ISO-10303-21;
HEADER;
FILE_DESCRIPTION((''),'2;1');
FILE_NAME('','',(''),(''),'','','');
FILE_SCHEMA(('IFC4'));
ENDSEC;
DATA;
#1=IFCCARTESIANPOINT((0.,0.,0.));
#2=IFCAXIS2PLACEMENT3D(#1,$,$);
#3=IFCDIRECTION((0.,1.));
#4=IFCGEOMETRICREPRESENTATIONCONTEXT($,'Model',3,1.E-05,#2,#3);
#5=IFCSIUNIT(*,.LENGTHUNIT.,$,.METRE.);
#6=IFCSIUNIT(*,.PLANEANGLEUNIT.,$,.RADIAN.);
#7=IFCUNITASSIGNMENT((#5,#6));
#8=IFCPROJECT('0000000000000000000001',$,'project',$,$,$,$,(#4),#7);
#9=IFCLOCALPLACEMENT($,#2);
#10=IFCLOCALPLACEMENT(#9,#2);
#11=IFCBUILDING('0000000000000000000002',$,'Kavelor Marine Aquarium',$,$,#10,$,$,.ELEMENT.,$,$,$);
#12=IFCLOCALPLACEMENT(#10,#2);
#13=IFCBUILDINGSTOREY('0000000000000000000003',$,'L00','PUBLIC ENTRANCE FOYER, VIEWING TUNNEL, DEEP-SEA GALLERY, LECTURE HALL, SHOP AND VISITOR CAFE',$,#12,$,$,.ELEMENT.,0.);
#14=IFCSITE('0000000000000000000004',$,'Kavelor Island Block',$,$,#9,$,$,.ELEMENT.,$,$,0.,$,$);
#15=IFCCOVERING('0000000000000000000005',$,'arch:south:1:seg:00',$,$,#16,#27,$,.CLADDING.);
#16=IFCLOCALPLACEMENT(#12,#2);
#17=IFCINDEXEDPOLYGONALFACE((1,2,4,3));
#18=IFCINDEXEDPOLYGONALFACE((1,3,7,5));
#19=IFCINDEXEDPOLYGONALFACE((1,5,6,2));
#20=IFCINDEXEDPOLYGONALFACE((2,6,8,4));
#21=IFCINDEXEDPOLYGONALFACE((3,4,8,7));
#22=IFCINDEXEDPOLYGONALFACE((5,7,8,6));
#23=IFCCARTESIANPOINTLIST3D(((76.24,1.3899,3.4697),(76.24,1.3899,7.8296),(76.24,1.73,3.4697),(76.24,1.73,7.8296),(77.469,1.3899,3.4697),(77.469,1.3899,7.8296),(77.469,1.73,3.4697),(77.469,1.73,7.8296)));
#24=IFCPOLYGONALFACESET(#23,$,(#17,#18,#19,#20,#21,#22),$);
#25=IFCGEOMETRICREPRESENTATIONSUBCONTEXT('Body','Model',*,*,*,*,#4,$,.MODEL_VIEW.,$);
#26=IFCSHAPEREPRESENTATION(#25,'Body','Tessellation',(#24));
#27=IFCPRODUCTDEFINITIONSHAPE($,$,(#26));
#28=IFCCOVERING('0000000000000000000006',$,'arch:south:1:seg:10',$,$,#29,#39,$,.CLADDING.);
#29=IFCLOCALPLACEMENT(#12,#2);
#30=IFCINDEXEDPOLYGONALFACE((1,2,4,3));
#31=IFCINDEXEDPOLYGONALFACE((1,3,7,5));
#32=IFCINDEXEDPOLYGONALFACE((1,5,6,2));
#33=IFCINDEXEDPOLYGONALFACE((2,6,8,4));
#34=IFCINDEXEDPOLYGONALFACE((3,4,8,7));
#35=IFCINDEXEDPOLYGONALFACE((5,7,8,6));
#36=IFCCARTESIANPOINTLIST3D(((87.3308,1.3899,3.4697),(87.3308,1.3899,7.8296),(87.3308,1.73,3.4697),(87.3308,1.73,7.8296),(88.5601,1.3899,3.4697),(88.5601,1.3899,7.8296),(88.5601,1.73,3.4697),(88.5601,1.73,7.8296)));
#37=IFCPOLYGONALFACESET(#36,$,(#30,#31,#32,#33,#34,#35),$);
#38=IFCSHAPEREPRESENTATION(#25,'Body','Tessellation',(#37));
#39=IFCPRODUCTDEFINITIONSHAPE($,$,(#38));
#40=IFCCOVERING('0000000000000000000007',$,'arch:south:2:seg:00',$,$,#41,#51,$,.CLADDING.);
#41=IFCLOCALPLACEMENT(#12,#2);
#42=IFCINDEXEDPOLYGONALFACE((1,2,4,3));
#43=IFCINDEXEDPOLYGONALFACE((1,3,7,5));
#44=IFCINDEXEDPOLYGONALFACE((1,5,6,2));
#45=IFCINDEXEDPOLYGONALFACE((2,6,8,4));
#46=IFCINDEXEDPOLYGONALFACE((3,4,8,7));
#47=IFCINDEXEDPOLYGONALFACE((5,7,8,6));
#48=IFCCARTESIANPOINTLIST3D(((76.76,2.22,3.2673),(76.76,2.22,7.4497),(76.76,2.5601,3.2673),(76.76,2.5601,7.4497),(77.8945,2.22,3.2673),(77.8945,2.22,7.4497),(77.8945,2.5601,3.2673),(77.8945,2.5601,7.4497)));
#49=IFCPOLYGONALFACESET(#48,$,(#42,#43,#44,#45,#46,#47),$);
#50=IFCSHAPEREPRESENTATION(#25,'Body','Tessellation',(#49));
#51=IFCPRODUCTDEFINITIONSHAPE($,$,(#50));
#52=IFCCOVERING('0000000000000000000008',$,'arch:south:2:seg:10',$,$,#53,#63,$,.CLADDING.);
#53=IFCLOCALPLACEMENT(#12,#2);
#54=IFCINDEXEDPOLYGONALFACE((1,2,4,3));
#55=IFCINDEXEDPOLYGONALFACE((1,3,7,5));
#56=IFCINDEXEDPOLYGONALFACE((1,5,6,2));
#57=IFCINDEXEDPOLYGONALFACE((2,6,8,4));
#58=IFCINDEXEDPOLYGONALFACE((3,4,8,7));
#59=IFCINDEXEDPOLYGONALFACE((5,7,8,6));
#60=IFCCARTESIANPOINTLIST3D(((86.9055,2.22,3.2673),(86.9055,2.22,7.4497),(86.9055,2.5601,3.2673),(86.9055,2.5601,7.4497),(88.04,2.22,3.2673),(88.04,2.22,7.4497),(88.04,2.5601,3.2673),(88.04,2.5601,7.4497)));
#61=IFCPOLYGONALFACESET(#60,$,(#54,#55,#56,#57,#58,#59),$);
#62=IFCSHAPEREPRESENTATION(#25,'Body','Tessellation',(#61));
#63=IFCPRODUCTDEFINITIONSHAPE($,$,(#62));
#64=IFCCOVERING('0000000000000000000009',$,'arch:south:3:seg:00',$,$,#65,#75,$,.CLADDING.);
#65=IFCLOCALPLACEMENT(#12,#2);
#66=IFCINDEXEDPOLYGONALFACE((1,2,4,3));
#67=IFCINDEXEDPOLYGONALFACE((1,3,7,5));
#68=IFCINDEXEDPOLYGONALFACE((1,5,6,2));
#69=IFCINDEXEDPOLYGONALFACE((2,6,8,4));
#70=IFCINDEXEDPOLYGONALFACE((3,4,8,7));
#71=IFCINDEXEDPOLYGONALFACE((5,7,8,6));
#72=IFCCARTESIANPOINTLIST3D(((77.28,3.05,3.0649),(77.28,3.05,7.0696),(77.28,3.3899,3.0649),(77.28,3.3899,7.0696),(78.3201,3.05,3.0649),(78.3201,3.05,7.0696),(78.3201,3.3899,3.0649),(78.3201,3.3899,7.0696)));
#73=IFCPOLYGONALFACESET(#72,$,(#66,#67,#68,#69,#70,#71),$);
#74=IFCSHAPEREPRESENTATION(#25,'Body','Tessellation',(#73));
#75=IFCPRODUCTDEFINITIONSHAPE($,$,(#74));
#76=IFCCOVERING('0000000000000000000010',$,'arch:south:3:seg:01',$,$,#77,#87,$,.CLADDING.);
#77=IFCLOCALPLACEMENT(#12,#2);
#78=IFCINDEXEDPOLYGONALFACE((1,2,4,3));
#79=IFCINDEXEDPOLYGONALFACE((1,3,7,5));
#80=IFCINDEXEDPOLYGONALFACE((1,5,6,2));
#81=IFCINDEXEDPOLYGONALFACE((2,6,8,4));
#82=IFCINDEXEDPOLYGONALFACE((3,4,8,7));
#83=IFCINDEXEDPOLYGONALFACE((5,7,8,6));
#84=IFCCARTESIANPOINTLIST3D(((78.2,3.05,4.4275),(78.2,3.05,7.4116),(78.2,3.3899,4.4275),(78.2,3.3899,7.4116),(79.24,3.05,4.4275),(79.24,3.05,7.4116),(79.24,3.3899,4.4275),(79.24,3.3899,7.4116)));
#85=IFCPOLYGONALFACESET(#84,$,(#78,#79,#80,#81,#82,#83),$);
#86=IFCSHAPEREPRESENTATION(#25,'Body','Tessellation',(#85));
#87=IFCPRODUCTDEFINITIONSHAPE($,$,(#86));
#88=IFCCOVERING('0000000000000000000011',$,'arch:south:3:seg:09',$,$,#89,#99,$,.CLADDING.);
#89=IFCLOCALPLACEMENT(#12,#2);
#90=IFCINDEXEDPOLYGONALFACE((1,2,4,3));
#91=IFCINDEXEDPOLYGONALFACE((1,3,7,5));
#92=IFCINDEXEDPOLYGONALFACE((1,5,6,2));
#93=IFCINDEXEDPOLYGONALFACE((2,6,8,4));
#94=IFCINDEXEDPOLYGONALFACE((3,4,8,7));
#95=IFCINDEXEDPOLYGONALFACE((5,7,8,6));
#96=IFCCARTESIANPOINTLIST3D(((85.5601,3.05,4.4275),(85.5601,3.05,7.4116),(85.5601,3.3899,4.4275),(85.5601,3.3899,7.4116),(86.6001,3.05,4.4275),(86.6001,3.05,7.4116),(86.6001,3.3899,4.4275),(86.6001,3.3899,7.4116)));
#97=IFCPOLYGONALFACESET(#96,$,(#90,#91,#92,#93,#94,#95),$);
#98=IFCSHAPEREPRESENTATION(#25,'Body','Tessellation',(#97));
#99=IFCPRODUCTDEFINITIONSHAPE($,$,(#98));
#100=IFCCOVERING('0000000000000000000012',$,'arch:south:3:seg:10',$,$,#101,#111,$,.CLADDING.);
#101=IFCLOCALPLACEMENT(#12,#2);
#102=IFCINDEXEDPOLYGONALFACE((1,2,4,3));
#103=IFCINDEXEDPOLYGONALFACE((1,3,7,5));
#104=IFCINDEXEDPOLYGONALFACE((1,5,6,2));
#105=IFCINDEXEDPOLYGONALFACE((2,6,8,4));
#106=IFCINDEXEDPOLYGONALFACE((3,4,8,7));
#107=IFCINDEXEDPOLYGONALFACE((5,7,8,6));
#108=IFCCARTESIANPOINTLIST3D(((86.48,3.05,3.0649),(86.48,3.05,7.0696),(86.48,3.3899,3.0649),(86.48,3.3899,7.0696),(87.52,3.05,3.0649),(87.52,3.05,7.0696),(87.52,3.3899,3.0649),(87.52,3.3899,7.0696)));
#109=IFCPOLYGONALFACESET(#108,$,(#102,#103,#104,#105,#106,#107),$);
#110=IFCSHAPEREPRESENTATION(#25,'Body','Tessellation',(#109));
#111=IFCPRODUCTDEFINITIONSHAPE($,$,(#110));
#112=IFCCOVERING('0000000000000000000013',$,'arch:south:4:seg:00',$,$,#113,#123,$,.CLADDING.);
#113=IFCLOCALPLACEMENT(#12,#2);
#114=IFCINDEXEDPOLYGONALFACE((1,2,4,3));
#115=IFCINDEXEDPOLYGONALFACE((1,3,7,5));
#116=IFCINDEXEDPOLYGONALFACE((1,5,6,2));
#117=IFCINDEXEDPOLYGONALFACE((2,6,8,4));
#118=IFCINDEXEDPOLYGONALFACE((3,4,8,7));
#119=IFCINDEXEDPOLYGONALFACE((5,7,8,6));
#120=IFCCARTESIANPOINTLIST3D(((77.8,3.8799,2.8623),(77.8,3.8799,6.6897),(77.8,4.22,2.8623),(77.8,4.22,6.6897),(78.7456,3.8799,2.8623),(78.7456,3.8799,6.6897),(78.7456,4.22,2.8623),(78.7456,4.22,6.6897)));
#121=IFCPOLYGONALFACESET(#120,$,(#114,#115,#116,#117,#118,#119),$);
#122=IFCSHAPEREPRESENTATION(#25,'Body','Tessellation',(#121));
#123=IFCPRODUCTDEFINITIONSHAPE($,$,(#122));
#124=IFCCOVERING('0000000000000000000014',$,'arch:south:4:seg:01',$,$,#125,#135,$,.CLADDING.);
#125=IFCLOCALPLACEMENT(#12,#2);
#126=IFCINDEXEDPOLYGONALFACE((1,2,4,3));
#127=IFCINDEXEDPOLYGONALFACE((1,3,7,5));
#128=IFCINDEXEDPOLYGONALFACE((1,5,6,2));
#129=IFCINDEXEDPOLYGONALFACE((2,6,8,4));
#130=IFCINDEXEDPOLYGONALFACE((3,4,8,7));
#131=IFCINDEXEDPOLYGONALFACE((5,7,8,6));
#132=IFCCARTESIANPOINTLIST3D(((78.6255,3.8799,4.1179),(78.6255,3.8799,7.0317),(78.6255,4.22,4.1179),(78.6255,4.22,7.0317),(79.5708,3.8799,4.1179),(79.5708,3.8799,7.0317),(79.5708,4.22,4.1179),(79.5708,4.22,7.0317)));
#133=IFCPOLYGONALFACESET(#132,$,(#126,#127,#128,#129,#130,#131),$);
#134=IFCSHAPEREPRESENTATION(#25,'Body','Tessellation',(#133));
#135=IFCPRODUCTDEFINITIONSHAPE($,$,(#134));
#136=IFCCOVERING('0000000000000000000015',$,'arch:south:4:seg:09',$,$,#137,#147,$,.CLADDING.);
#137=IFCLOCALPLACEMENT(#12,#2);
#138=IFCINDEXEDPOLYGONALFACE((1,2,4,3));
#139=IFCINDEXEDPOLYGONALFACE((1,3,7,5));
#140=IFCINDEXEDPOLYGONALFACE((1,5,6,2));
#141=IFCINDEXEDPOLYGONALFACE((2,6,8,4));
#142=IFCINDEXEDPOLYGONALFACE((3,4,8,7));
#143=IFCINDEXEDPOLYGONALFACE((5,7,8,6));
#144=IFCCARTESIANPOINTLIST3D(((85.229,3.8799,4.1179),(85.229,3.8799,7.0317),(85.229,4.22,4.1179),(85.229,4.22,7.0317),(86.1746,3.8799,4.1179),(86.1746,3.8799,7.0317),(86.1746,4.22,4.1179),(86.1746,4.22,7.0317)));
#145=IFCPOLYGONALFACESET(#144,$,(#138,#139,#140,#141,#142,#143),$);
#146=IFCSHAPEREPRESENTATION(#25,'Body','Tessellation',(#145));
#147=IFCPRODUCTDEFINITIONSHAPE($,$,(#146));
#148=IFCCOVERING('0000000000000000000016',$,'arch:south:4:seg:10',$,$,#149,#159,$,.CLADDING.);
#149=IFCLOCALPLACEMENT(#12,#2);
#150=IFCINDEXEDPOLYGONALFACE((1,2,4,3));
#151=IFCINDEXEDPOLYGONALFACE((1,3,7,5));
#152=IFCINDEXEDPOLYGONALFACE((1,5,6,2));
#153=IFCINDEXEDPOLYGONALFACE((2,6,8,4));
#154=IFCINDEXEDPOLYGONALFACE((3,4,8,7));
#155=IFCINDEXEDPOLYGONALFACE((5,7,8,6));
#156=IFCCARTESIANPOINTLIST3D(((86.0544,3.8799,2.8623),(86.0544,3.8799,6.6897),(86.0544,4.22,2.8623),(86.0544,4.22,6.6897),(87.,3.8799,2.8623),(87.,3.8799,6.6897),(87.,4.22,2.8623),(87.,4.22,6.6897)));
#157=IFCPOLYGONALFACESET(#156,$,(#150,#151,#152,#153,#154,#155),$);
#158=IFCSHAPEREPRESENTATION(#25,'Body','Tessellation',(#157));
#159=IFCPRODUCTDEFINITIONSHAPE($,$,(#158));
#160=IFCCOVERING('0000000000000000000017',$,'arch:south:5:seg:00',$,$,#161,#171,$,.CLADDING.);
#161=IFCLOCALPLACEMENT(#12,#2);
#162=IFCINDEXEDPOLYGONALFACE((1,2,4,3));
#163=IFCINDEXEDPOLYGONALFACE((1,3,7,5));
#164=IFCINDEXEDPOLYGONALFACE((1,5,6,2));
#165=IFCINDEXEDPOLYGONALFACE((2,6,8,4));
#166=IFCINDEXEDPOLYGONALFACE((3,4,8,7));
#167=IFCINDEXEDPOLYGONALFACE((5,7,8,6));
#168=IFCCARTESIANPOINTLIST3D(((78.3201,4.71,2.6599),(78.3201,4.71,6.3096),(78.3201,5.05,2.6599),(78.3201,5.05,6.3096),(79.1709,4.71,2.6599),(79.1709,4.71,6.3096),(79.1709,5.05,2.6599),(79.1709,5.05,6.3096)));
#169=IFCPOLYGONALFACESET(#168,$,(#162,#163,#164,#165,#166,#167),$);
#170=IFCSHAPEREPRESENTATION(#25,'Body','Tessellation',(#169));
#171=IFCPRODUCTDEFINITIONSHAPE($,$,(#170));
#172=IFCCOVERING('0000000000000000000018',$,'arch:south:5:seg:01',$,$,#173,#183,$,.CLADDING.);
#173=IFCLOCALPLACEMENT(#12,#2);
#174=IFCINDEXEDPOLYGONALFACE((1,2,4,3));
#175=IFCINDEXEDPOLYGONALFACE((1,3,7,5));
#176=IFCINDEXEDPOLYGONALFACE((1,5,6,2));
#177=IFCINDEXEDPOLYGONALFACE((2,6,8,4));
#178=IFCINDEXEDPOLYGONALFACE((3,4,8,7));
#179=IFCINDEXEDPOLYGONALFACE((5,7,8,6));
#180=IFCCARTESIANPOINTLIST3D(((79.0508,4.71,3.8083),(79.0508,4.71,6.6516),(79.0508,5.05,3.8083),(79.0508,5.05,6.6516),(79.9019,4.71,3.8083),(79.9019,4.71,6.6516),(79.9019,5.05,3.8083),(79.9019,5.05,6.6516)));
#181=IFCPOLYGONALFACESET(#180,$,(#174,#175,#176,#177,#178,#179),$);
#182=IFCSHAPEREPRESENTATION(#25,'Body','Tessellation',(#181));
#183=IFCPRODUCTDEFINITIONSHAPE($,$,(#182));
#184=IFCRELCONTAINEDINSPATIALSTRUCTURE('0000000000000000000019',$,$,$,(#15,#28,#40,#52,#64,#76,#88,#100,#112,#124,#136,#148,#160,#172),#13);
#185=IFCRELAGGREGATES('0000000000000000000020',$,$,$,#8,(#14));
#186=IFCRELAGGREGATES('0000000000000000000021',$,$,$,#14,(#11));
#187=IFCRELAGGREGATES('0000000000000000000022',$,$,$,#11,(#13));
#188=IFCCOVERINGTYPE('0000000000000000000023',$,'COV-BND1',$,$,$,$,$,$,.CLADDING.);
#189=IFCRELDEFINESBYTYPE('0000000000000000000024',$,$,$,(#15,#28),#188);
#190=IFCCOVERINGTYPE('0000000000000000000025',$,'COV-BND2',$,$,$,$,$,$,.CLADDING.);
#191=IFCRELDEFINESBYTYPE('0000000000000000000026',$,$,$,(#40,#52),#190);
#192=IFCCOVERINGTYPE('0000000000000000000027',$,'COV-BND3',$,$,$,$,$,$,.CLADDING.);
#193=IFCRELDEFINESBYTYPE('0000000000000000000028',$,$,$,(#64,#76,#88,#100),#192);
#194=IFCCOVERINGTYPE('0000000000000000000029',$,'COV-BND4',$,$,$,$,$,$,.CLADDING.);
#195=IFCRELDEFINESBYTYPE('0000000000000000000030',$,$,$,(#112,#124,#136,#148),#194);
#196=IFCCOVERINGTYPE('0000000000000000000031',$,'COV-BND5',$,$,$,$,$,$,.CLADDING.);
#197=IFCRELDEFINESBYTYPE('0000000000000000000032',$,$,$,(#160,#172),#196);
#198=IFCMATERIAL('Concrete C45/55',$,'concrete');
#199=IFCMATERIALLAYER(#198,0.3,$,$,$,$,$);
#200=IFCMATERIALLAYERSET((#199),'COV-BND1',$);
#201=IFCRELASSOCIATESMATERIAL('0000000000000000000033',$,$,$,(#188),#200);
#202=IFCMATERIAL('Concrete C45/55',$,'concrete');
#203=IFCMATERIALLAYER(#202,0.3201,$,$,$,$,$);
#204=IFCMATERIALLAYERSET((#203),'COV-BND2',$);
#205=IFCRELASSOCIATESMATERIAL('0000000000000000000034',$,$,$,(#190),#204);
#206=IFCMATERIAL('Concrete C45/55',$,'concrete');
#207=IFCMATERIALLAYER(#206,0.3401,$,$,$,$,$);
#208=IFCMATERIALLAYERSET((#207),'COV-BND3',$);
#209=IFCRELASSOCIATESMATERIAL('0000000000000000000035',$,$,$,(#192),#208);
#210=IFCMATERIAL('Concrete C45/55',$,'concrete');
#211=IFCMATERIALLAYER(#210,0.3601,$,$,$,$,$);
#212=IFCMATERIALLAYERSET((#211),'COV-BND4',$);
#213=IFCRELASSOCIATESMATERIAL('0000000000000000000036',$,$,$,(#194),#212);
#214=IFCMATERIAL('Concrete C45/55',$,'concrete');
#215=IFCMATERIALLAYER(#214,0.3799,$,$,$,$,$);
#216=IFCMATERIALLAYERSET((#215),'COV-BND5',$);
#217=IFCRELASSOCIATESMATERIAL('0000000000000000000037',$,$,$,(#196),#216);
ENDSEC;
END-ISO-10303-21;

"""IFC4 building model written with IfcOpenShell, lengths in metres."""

from ifc_helpers import new_model, si_unit, direction, frame, origin, place, context, subcontext, project, spatial, polyline, outline, extrude, material, layer, layer_set, type_object, element, save


model = new_model("IFC4")

# Units and contexts
model_context = context("Model", 3, precision=1e-05, world=origin(), true_north=direction((0.0, 1.0)))
body_context = subcontext(model_context, "Body", "Model", "MODEL_VIEW")
ifc_project = project(units=[si_unit("LENGTHUNIT", "METRE"), si_unit("PLANEANGLEUNIT", "RADIAN")], contexts=[model_context])

# Site, building, storey
site_placement = place(None, origin())
site = spatial("IfcSite", under=ifc_project, at=site_placement, Name="Kavelor Island Block", CompositionType="ELEMENT", RefElevation=0.0)
building_placement = place(site_placement, origin())
building = spatial("IfcBuilding", under=site, at=building_placement, Name="Kavelor Marine Aquarium", CompositionType="ELEMENT")
storey_placement = place(building_placement, origin())
storey = spatial("IfcBuildingStorey", under=building, at=storey_placement, Name="L00", Description="PUBLIC ENTRANCE FOYER, VIEWING TUNNEL, DEEP-SEA GALLERY, LECTURE HALL, SHOP AND VISITOR CAFE", CompositionType="ELEMENT", Elevation=0.0)

# Coverings
ifc_material_1 = material(Name="Concrete C45/55", Category="concrete")
ifc_layer_1 = layer(ifc_material_1, 0.3)
ifc_layer_set_1 = layer_set([ifc_layer_1], Name="COV-BND1")
covering_type_1 = type_object("IfcCoveringType", Name="COV-BND1", PredefinedType="CLADDING", material=ifc_layer_set_1)
covering_1_placement = place(storey_placement, frame((0.0, 0.0, 3.4697)))
element("IfcCovering", 1, at=covering_1_placement, inside=storey, type_object=covering_type_1, Name="arch:south:1:seg:00", PredefinedType="CLADDING", context=body_context, shape_type="SweptSolid", body=[
    extrude(outline(polyline([(76.24, 1.3899), (77.469, 1.3899), (77.469, 1.73), (76.24, 1.73), (76.24, 1.3899)])), origin(), (0.0, 0.0, 1.0), 4.3599),
])
covering_2_placement = place(storey_placement, frame((0.0, 0.0, 3.4697)))
element("IfcCovering", 2, at=covering_2_placement, inside=storey, type_object=covering_type_1, Name="arch:south:1:seg:10", PredefinedType="CLADDING", context=body_context, shape_type="SweptSolid", body=[
    extrude(outline(polyline([(87.3308, 1.3899), (88.5601, 1.3899), (88.5601, 1.73), (87.3308, 1.73), (87.3308, 1.3899)])), origin(), (0.0, 0.0, 1.0), 4.3599),
])
ifc_material_2 = material(Name="Concrete C45/55", Category="concrete")
ifc_layer_2 = layer(ifc_material_2, 0.3201)
ifc_layer_set_2 = layer_set([ifc_layer_2], Name="COV-BND2")
covering_type_2 = type_object("IfcCoveringType", Name="COV-BND2", PredefinedType="CLADDING", material=ifc_layer_set_2)
covering_3_placement = place(storey_placement, frame((0.0, 0.0, 3.2673)))
element("IfcCovering", 3, at=covering_3_placement, inside=storey, type_object=covering_type_2, Name="arch:south:2:seg:00", PredefinedType="CLADDING", context=body_context, shape_type="SweptSolid", body=[
    extrude(outline(polyline([(76.76, 2.22), (77.8945, 2.22), (77.8945, 2.5601), (76.76, 2.5601), (76.76, 2.22)])), origin(), (0.0, 0.0, 1.0), 4.1824),
])
covering_4_placement = place(storey_placement, frame((0.0, 0.0, 3.2673)))
element("IfcCovering", 4, at=covering_4_placement, inside=storey, type_object=covering_type_2, Name="arch:south:2:seg:10", PredefinedType="CLADDING", context=body_context, shape_type="SweptSolid", body=[
    extrude(outline(polyline([(86.9055, 2.22), (88.04, 2.22), (88.04, 2.5601), (86.9055, 2.5601), (86.9055, 2.22)])), origin(), (0.0, 0.0, 1.0), 4.1824),
])
ifc_material_3 = material(Name="Concrete C45/55", Category="concrete")
ifc_layer_3 = layer(ifc_material_3, 0.3401)
ifc_layer_set_3 = layer_set([ifc_layer_3], Name="COV-BND3")
covering_type_3 = type_object("IfcCoveringType", Name="COV-BND3", PredefinedType="CLADDING", material=ifc_layer_set_3)
covering_5_placement = place(storey_placement, frame((0.0, 0.0, 3.0649)))
element("IfcCovering", 5, at=covering_5_placement, inside=storey, type_object=covering_type_3, Name="arch:south:3:seg:00", PredefinedType="CLADDING", context=body_context, shape_type="SweptSolid", body=[
    extrude(outline(polyline([(77.28, 3.05), (78.3201, 3.05), (78.3201, 3.3899), (77.28, 3.3899), (77.28, 3.05)])), origin(), (0.0, 0.0, 1.0), 4.0046),
])
covering_6_placement = place(storey_placement, frame((0.0, 0.0, 4.4275)))
element("IfcCovering", 6, at=covering_6_placement, inside=storey, type_object=covering_type_3, Name="arch:south:3:seg:01", PredefinedType="CLADDING", context=body_context, shape_type="SweptSolid", body=[
    extrude(outline(polyline([(78.2, 3.05), (79.24, 3.05), (79.24, 3.3899), (78.2, 3.3899), (78.2, 3.05)])), origin(), (0.0, 0.0, 1.0), 2.9841),
])
covering_7_placement = place(storey_placement, frame((0.0, 0.0, 4.4275)))
element("IfcCovering", 7, at=covering_7_placement, inside=storey, type_object=covering_type_3, Name="arch:south:3:seg:09", PredefinedType="CLADDING", context=body_context, shape_type="SweptSolid", body=[
    extrude(outline(polyline([(85.5601, 3.05), (86.6001, 3.05), (86.6001, 3.3899), (85.5601, 3.3899), (85.5601, 3.05)])), origin(), (0.0, 0.0, 1.0), 2.9841),
])
covering_8_placement = place(storey_placement, frame((0.0, 0.0, 3.0649)))
element("IfcCovering", 8, at=covering_8_placement, inside=storey, type_object=covering_type_3, Name="arch:south:3:seg:10", PredefinedType="CLADDING", context=body_context, shape_type="SweptSolid", body=[
    extrude(outline(polyline([(86.48, 3.05), (87.52, 3.05), (87.52, 3.3899), (86.48, 3.3899), (86.48, 3.05)])), origin(), (0.0, 0.0, 1.0), 4.0046),
])
ifc_material_4 = material(Name="Concrete C45/55", Category="concrete")
ifc_layer_4 = layer(ifc_material_4, 0.3601)
ifc_layer_set_4 = layer_set([ifc_layer_4], Name="COV-BND4")
covering_type_4 = type_object("IfcCoveringType", Name="COV-BND4", PredefinedType="CLADDING", material=ifc_layer_set_4)
covering_9_placement = place(storey_placement, frame((0.0, 0.0, 2.8623)))
element("IfcCovering", 9, at=covering_9_placement, inside=storey, type_object=covering_type_4, Name="arch:south:4:seg:00", PredefinedType="CLADDING", context=body_context, shape_type="SweptSolid", body=[
    extrude(outline(polyline([(77.8, 3.8799), (78.7456, 3.8799), (78.7456, 4.22), (77.8, 4.22), (77.8, 3.8799)])), origin(), (0.0, 0.0, 1.0), 3.8274),
])
covering_10_placement = place(storey_placement, frame((0.0, 0.0, 4.1179)))
element("IfcCovering", 10, at=covering_10_placement, inside=storey, type_object=covering_type_4, Name="arch:south:4:seg:01", PredefinedType="CLADDING", context=body_context, shape_type="SweptSolid", body=[
    extrude(outline(polyline([(78.6255, 3.8799), (79.5708, 3.8799), (79.5708, 4.22), (78.6255, 4.22), (78.6255, 3.8799)])), origin(), (0.0, 0.0, 1.0), 2.9138),
])
covering_11_placement = place(storey_placement, frame((0.0, 0.0, 4.1179)))
element("IfcCovering", 11, at=covering_11_placement, inside=storey, type_object=covering_type_4, Name="arch:south:4:seg:09", PredefinedType="CLADDING", context=body_context, shape_type="SweptSolid", body=[
    extrude(outline(polyline([(85.229, 3.8799), (86.1746, 3.8799), (86.1746, 4.22), (85.229, 4.22), (85.229, 3.8799)])), origin(), (0.0, 0.0, 1.0), 2.9138),
])
covering_12_placement = place(storey_placement, frame((0.0, 0.0, 2.8623)))
element("IfcCovering", 12, at=covering_12_placement, inside=storey, type_object=covering_type_4, Name="arch:south:4:seg:10", PredefinedType="CLADDING", context=body_context, shape_type="SweptSolid", body=[
    extrude(outline(polyline([(86.0544, 3.8799), (87.0, 3.8799), (87.0, 4.22), (86.0544, 4.22), (86.0544, 3.8799)])), origin(), (0.0, 0.0, 1.0), 3.8274),
])
ifc_material_5 = material(Name="Concrete C45/55", Category="concrete")
ifc_layer_5 = layer(ifc_material_5, 0.3799)
ifc_layer_set_5 = layer_set([ifc_layer_5], Name="COV-BND5")
covering_type_5 = type_object("IfcCoveringType", Name="COV-BND5", PredefinedType="CLADDING", material=ifc_layer_set_5)
covering_13_placement = place(storey_placement, frame((0.0, 0.0, 2.6599)))
element("IfcCovering", 13, at=covering_13_placement, inside=storey, type_object=covering_type_5, Name="arch:south:5:seg:00", PredefinedType="CLADDING", context=body_context, shape_type="SweptSolid", body=[
    extrude(outline(polyline([(78.3201, 4.71), (79.1709, 4.71), (79.1709, 5.05), (78.3201, 5.05), (78.3201, 4.71)])), origin(), (0.0, 0.0, 1.0), 3.6497),
])
covering_14_placement = place(storey_placement, frame((0.0, 0.0, 3.8083)))
element("IfcCovering", 14, at=covering_14_placement, inside=storey, type_object=covering_type_5, Name="arch:south:5:seg:01", PredefinedType="CLADDING", context=body_context, shape_type="SweptSolid", body=[
    extrude(outline(polyline([(79.0508, 4.71), (79.9019, 4.71), (79.9019, 5.05), (79.0508, 5.05), (79.0508, 4.71)])), origin(), (0.0, 0.0, 1.0), 2.8433),
])

save(model, "model.ifc")
